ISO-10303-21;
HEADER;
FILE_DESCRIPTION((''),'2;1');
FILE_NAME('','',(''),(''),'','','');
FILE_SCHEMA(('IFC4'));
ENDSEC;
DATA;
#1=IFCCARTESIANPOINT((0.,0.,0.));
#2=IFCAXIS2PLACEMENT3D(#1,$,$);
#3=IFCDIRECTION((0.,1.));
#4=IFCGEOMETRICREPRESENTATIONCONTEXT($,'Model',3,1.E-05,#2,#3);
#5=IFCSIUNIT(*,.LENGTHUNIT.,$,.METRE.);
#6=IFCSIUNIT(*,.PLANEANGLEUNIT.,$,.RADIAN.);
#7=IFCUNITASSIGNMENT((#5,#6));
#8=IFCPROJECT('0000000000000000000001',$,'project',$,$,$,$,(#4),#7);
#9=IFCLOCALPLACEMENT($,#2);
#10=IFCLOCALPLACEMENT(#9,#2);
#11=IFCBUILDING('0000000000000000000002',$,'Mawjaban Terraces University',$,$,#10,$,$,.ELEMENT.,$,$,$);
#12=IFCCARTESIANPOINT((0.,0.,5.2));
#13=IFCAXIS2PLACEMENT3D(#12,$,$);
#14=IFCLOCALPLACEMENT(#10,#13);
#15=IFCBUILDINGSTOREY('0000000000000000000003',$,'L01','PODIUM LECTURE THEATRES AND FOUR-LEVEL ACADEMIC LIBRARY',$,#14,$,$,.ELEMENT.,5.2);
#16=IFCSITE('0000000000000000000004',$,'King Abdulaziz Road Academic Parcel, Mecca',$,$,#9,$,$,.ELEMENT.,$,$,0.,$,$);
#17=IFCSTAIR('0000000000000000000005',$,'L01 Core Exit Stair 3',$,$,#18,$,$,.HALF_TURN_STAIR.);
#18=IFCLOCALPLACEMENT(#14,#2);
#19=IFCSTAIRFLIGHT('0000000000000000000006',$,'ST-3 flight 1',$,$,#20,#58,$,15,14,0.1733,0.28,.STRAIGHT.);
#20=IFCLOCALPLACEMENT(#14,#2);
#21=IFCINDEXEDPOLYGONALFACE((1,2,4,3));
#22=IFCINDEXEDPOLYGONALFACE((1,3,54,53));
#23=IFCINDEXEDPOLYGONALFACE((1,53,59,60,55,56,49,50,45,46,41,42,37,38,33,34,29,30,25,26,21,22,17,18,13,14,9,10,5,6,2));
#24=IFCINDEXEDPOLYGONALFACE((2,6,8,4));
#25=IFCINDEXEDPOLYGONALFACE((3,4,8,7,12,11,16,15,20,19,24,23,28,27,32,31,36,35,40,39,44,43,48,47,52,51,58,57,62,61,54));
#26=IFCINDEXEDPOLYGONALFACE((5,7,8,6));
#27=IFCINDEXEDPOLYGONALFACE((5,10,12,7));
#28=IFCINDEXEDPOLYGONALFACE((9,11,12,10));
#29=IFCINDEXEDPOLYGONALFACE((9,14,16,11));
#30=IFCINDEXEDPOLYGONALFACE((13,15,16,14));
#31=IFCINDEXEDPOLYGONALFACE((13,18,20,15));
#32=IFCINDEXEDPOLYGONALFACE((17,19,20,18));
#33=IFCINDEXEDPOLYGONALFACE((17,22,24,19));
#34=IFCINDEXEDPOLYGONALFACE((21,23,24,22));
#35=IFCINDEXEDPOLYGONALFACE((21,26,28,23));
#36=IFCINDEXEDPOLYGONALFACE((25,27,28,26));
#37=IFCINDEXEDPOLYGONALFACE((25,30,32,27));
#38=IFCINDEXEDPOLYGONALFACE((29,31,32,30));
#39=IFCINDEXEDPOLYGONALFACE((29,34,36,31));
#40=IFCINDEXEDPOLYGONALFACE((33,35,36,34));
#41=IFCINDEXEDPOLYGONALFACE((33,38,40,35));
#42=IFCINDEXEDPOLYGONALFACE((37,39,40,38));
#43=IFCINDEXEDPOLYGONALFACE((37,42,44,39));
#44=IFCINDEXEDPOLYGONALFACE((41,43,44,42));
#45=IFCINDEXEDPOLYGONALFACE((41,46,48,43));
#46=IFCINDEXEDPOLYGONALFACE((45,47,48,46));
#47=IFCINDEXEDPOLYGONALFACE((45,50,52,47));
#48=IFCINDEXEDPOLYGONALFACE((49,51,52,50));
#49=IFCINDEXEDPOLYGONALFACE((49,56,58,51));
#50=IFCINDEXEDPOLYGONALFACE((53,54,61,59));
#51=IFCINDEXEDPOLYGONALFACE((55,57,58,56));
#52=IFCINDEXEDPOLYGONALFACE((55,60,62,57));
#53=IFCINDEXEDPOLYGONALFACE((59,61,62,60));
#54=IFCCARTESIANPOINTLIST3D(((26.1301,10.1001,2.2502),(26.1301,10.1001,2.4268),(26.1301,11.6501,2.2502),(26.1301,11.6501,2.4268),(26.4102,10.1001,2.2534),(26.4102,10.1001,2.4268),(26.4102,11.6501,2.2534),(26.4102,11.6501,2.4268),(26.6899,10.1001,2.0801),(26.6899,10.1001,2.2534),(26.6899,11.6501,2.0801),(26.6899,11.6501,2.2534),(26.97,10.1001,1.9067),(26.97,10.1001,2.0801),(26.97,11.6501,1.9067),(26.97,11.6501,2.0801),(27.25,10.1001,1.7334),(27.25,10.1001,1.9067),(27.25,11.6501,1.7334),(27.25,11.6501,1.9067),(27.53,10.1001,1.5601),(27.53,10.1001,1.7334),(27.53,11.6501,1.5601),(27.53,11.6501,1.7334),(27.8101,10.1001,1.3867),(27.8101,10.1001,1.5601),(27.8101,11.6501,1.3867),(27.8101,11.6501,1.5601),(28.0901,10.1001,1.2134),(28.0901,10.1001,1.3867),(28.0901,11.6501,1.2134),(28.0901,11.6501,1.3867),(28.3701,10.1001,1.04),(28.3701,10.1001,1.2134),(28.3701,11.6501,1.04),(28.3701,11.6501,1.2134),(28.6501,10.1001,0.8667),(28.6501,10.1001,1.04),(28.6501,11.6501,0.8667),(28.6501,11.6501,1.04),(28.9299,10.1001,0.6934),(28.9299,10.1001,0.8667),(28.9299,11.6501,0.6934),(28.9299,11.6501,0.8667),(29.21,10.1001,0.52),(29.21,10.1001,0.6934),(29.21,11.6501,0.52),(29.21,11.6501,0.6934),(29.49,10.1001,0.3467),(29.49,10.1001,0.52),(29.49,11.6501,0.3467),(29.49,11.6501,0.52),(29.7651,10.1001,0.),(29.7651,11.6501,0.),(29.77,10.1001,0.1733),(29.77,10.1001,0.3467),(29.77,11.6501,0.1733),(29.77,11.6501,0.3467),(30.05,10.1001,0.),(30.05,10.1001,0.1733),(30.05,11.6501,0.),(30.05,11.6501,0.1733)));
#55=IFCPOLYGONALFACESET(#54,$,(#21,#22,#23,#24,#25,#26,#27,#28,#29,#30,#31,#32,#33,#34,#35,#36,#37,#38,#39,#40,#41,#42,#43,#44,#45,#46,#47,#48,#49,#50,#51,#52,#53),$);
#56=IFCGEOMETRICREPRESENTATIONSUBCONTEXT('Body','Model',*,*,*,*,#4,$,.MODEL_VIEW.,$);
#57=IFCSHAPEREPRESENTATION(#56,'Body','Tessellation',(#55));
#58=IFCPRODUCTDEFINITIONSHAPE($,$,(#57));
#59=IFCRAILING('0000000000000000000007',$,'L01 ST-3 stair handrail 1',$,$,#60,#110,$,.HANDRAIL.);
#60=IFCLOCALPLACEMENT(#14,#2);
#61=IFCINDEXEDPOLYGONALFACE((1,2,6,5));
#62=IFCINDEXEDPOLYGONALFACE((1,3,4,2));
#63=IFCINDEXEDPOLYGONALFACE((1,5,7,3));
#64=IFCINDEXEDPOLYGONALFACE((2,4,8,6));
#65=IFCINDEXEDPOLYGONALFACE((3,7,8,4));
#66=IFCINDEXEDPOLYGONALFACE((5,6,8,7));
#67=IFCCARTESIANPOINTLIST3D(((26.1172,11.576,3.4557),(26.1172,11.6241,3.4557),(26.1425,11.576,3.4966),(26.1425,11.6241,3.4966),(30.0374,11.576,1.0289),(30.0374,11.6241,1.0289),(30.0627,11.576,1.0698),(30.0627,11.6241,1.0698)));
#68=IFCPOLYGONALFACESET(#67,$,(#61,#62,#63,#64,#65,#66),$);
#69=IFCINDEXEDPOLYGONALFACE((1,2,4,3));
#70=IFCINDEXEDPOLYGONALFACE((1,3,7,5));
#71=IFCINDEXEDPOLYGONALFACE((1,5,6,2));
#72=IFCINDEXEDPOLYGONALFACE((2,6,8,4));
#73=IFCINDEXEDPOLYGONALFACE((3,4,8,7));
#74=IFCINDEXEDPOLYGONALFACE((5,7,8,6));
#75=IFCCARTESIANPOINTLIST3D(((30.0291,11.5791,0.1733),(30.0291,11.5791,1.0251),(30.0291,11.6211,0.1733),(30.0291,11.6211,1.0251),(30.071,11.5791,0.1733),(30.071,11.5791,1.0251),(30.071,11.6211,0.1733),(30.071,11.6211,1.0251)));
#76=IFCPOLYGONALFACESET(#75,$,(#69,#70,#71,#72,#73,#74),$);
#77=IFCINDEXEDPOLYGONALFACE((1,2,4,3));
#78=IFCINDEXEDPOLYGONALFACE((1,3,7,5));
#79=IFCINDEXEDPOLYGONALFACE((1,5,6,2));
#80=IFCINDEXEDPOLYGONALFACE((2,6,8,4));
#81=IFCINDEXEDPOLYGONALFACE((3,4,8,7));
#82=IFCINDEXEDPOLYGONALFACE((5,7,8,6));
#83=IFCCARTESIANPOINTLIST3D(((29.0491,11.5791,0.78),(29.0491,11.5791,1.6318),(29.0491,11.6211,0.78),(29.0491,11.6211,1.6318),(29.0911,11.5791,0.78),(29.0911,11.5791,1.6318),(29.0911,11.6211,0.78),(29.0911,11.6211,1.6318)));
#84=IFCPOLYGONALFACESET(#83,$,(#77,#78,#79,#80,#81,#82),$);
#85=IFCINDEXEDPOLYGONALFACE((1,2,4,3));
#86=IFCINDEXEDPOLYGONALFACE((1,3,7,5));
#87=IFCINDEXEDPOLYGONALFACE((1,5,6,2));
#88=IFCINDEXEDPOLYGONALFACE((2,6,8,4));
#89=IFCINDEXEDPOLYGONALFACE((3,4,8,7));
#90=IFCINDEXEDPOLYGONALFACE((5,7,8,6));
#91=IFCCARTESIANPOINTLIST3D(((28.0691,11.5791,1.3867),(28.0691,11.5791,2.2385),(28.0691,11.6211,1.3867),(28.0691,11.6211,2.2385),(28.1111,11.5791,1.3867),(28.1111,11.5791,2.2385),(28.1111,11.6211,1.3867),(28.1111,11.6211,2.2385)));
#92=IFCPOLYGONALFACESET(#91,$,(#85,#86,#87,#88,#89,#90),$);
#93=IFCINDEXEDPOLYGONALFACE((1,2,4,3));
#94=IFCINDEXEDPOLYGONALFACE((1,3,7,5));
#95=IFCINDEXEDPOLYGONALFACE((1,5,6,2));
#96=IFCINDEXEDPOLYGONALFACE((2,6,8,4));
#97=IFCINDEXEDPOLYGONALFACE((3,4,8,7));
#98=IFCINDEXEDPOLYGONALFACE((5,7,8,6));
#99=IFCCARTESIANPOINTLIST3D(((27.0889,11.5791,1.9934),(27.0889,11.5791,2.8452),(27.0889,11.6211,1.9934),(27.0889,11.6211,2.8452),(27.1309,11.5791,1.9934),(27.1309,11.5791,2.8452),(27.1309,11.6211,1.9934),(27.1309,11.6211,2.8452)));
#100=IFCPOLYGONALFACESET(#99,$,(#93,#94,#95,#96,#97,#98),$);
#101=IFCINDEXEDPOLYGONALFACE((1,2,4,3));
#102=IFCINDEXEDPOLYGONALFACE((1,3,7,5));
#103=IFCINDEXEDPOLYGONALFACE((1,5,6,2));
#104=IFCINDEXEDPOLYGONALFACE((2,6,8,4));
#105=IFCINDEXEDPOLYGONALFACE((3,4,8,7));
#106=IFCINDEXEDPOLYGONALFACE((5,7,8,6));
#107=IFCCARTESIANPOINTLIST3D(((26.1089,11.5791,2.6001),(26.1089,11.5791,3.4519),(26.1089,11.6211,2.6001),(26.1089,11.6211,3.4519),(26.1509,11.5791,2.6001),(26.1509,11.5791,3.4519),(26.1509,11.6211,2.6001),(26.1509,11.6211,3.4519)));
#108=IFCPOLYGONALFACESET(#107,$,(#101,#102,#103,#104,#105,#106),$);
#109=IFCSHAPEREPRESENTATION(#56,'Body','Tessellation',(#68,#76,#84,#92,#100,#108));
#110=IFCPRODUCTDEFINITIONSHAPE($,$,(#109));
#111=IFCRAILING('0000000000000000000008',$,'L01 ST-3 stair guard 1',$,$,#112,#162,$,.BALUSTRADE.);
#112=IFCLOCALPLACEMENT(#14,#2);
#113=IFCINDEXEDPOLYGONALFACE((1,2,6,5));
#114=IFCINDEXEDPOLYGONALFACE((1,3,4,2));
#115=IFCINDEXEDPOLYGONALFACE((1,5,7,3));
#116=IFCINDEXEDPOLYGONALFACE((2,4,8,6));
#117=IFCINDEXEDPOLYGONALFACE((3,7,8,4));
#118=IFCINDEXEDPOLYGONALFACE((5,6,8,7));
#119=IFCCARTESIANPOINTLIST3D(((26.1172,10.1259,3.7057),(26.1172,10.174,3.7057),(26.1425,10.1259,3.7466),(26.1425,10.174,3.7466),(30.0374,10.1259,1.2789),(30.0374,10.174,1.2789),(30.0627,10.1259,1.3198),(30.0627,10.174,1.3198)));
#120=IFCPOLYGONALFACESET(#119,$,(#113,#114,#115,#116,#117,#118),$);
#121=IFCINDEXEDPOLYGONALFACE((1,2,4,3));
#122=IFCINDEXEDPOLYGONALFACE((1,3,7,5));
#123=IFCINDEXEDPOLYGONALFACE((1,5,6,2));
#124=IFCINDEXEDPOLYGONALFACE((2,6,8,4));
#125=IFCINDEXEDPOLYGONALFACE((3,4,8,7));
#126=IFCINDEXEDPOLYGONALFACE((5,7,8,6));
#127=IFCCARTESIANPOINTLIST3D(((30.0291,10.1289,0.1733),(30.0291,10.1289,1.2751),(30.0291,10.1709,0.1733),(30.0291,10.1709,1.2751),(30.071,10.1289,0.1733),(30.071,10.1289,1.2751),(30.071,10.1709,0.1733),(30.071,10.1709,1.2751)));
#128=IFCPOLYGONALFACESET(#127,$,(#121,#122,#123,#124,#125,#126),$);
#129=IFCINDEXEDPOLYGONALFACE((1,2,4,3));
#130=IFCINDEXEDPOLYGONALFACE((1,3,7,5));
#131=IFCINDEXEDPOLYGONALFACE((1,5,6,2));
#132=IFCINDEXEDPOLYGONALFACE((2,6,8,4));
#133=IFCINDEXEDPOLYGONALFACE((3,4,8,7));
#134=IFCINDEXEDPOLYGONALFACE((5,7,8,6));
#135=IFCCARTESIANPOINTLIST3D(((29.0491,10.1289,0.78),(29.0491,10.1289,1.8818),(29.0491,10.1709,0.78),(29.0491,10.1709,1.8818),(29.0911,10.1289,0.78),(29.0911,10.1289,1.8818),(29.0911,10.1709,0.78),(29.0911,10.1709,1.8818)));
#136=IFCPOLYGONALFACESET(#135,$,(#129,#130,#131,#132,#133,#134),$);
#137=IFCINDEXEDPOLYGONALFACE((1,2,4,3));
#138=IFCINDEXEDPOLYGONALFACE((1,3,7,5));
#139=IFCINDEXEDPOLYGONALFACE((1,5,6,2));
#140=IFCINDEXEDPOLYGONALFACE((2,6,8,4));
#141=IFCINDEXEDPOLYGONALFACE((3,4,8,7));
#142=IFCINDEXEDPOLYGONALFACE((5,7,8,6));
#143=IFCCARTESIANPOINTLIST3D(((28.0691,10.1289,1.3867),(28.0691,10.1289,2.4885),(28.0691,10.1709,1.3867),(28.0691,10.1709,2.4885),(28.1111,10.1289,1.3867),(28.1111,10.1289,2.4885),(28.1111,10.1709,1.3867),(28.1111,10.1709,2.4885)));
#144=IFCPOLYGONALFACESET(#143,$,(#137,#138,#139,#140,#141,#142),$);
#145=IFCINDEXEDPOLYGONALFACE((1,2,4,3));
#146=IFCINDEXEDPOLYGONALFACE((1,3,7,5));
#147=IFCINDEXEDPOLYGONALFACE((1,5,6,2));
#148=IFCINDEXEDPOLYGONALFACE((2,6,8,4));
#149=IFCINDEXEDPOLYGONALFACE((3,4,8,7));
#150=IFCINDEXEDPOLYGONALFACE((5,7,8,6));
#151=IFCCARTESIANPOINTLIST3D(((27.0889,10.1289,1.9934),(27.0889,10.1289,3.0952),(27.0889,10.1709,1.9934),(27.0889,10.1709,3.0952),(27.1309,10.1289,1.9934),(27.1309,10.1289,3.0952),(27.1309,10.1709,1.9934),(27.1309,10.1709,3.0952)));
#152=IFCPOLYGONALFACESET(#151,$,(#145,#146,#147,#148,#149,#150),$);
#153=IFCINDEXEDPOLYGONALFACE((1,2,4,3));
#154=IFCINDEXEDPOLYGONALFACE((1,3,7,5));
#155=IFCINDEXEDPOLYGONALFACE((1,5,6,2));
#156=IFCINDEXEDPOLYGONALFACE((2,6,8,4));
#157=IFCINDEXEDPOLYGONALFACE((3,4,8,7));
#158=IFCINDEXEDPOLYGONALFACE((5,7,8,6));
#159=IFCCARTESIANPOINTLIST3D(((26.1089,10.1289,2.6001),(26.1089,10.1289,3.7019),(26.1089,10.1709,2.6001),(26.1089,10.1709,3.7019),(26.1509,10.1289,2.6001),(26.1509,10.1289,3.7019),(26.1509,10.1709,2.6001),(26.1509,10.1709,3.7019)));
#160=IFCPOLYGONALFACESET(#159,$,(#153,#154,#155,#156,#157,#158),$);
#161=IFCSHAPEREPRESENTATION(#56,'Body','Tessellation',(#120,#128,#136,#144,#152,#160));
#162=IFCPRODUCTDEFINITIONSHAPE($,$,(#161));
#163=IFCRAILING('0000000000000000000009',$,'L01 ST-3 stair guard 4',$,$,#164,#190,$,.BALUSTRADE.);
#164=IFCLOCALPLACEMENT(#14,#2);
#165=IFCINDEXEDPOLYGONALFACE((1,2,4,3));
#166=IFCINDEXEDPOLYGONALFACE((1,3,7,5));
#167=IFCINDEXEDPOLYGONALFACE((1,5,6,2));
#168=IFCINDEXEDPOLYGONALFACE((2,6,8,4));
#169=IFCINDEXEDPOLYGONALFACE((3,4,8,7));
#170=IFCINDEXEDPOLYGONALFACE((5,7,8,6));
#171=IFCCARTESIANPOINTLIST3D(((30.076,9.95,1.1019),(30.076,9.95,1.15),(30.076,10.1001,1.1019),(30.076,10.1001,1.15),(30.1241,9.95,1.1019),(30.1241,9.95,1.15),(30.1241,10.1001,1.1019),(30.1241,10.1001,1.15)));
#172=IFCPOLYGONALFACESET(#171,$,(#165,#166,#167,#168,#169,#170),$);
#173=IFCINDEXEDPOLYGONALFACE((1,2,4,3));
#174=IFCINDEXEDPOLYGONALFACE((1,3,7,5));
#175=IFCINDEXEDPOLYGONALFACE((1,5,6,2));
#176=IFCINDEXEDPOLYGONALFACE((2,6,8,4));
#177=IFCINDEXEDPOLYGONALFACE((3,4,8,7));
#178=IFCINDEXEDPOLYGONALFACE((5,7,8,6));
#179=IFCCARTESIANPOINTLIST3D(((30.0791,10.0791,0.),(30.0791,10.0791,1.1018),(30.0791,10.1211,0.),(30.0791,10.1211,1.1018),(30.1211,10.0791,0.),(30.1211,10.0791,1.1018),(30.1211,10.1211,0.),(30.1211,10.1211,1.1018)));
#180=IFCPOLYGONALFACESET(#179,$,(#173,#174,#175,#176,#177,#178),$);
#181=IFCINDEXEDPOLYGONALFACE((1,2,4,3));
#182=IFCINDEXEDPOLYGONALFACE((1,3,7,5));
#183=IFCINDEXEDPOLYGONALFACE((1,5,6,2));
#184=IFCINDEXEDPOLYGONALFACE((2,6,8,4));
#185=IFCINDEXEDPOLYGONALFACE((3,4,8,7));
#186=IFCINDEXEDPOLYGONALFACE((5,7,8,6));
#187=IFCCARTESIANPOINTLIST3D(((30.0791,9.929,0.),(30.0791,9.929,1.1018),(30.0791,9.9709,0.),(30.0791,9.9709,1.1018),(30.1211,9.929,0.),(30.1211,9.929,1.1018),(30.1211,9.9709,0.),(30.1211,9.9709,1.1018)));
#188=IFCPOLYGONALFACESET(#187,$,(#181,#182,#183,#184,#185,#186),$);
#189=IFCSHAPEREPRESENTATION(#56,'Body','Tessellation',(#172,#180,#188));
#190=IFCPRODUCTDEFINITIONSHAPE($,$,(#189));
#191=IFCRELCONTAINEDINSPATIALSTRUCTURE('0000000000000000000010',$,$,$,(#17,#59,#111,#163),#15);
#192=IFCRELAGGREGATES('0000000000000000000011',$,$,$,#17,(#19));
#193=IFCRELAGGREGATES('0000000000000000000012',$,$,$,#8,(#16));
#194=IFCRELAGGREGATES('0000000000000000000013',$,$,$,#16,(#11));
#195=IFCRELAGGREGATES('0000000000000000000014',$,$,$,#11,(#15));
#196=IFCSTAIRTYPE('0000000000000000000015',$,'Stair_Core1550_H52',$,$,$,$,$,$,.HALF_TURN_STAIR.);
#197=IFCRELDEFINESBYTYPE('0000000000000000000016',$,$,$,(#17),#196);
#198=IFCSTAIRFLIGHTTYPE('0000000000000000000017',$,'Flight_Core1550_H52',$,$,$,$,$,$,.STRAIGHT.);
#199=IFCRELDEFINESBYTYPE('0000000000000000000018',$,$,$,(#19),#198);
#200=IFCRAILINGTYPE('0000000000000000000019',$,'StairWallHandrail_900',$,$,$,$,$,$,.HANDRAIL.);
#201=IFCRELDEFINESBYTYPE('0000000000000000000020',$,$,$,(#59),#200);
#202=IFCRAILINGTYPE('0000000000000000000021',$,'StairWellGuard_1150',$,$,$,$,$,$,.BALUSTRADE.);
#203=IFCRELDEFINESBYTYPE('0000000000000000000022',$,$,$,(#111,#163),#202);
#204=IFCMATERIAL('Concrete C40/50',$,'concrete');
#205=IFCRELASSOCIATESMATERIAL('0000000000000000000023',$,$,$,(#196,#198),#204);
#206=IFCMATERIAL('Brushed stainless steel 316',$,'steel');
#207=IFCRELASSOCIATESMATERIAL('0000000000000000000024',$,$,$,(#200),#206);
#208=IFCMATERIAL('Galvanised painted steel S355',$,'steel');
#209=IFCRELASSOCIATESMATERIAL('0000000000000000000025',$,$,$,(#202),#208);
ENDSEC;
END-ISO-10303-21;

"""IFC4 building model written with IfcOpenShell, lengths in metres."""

from ifc_helpers import new_model, si_unit, direction, frame, origin, origin_2d, place, context, subcontext, project, spatial, polyline, rectangle, outline, extrude, material, type_object, element, aggregate, save


model = new_model("IFC4")

# Units and contexts
model_context = context("Model", 3, precision=1e-05, world=origin(), true_north=direction((0.0, 1.0)))
body_context = subcontext(model_context, "Body", "Model", "MODEL_VIEW")
ifc_project = project(units=[si_unit("LENGTHUNIT", "METRE"), si_unit("PLANEANGLEUNIT", "RADIAN")], contexts=[model_context])

# Site, building, storey
site_placement = place(None, origin())
site = spatial("IfcSite", under=ifc_project, at=site_placement, Name="King Abdulaziz Road Academic Parcel, Mecca", CompositionType="ELEMENT", RefElevation=0.0)
building_placement = place(site_placement, origin())
building = spatial("IfcBuilding", under=site, at=building_placement, Name="Mawjaban Terraces University", CompositionType="ELEMENT")
storey_placement = place(building_placement, frame((0.0, 0.0, 5.2)))
storey = spatial("IfcBuildingStorey", under=building, at=storey_placement, Name="L01", Description="PODIUM LECTURE THEATRES AND FOUR-LEVEL ACADEMIC LIBRARY", CompositionType="ELEMENT", Elevation=5.2)

# Shared definitions
ifc_material_1 = material(Name="Concrete C40/50", Category="concrete")

# Stair, stair flight
stair_type = type_object("IfcStairType", Name="Stair_Core1550_H52", PredefinedType="HALF_TURN_STAIR", material=ifc_material_1)
stair_placement = place(storey_placement, origin())
stair = element("IfcStair", 1, at=stair_placement, inside=storey, type_object=stair_type, Name="L01 Core Exit Stair 3", PredefinedType="HALF_TURN_STAIR")
stair_flight_type = type_object("IfcStairFlightType", Name="Flight_Core1550_H52", PredefinedType="STRAIGHT", material=ifc_material_1)
stair_flight_placement = place(storey_placement, frame((30.05, 10.875, 0.0), z_axis=(0.0, 0.0, 1.0), x_axis=(-1.0, 0.0, 0.0)))
stair_flight = element("IfcStairFlight", 2, at=stair_flight_placement, type_object=stair_flight_type, Name="ST-3 flight 1", NumberOfRisers=15, NumberOfTreads=14, PredefinedType="STRAIGHT", RiserHeight=0.1733, TreadLength=0.28, context=body_context, shape_type="SweptSolid", body=[
    extrude(outline(polyline([(0.0, 0.0), (0.0, 0.1733), (0.28, 0.1733), (0.28, 0.3467), (0.5601, 0.3467), (0.5601, 0.52), (0.8401, 0.52), (0.8401, 0.6934), (1.1201, 0.6934), (1.1201, 0.8667), (1.3999, 0.8667), (1.3999, 1.04), (1.6799, 1.04), (1.6799, 1.2134), (1.96, 1.2134), (1.96, 1.3867), (2.24, 1.3867), (2.24, 1.5601), (2.52, 1.5601), (2.52, 1.7334), (2.8, 1.7334), (2.8, 1.9067), (3.0801, 1.9067), (3.0801, 2.0801), (3.3601, 2.0801), (3.3601, 2.2534), (3.6399, 2.2534), (3.6399, 2.4268), (3.9199, 2.4268), (3.9199, 2.6001), (3.9199, 2.2502), (0.2849, 0.0), (0.0, 0.0)])), frame((0.0, 0.7749, 0.0), z_axis=(0.0, -1.0, 0.0), x_axis=(1.0, 0.0, 0.0)), (0.0, 0.0, 1.0), 1.55),
])
aggregate(stair, [stair_flight])

# Railings
ifc_material_2 = material(Name="Brushed stainless steel 316", Category="steel")
railing_type_1 = type_object("IfcRailingType", Name="StairWallHandrail_900", PredefinedType="HANDRAIL", material=ifc_material_2)
railing_1_placement = place(storey_placement, frame((30.05, 11.6001, 0.1733)))
element("IfcRailing", 3, at=railing_1_placement, inside=storey, type_object=railing_type_1, Name="L01 ST-3 stair handrail 1", PredefinedType="HANDRAIL", context=body_context, shape_type="SweptSolid", body=[
    extrude(rectangle(XDim=0.0481, YDim=0.0481, at=origin_2d()), frame((0.0, 0.0, 0.876), z_axis=(-0.850266, 0.0, 0.526353), x_axis=(0.0, -1.0, 0.0)), (0.0, 0.0, 1.0), 4.6106),
    extrude(rectangle(XDim=0.042, YDim=0.042, at=origin_2d()), origin(), (0.0, 0.0, 1.0), 0.8518),
    extrude(rectangle(XDim=0.042, YDim=0.042, at=origin_2d()), frame((-0.98, 0.0, 0.6067)), (0.0, 0.0, 1.0), 0.8518),
    extrude(rectangle(XDim=0.042, YDim=0.042, at=origin_2d()), frame((-1.96, 0.0, 1.2134)), (0.0, 0.0, 1.0), 0.8518),
    extrude(rectangle(XDim=0.042, YDim=0.042, at=origin_2d()), frame((-2.9402, 0.0, 1.8201)), (0.0, 0.0, 1.0), 0.8518),
    extrude(rectangle(XDim=0.042, YDim=0.042, at=origin_2d()), frame((-3.9202, 0.0, 2.4268)), (0.0, 0.0, 1.0), 0.8518),
])
ifc_material_3 = material(Name="Galvanised painted steel S355", Category="steel")
railing_type_2 = type_object("IfcRailingType", Name="StairWellGuard_1150", PredefinedType="BALUSTRADE", material=ifc_material_3)
railing_2_placement = place(storey_placement, frame((30.05, 10.1499, 0.1733)))
element("IfcRailing", 4, at=railing_2_placement, inside=storey, type_object=railing_type_2, Name="L01 ST-3 stair guard 1", PredefinedType="BALUSTRADE", context=body_context, shape_type="SweptSolid", body=[
    extrude(rectangle(XDim=0.0481, YDim=0.0481, at=origin_2d()), frame((0.0, 0.0, 1.126), z_axis=(-0.850266, 0.0, 0.526353), x_axis=(0.0, -1.0, 0.0)), (0.0, 0.0, 1.0), 4.6106),
    extrude(rectangle(XDim=0.042, YDim=0.042, at=origin_2d()), origin(), (0.0, 0.0, 1.0), 1.1018),
    extrude(rectangle(XDim=0.042, YDim=0.042, at=origin_2d()), frame((-0.98, 0.0, 0.6067)), (0.0, 0.0, 1.0), 1.1018),
    extrude(rectangle(XDim=0.042, YDim=0.042, at=origin_2d()), frame((-1.96, 0.0, 1.2134)), (0.0, 0.0, 1.0), 1.1018),
    extrude(rectangle(XDim=0.042, YDim=0.042, at=origin_2d()), frame((-2.9402, 0.0, 1.8201)), (0.0, 0.0, 1.0), 1.1018),
    extrude(rectangle(XDim=0.042, YDim=0.042, at=origin_2d()), frame((-3.9202, 0.0, 2.4268)), (0.0, 0.0, 1.0), 1.1018),
])
railing_3_placement = place(storey_placement, frame((30.1001, 10.1001, 0.0)))
element("IfcRailing", 5, at=railing_3_placement, inside=storey, type_object=railing_type_2, Name="L01 ST-3 stair guard 4", PredefinedType="BALUSTRADE", context=body_context, shape_type="SweptSolid", body=[
    extrude(rectangle(XDim=0.0481, YDim=0.0481, at=origin_2d()), frame((0.0, 0.0, 1.126), z_axis=(0.0, -1.0, 0.0), x_axis=(1.0, 0.0, 0.0)), (0.0, 0.0, 1.0), 0.1501),
    extrude(rectangle(XDim=0.042, YDim=0.042, at=origin_2d()), origin(), (0.0, 0.0, 1.0), 1.1018),
    extrude(rectangle(XDim=0.042, YDim=0.042, at=origin_2d()), frame((0.0, -0.1501, 0.0)), (0.0, 0.0, 1.0), 1.1018),
])

save(model, "model.ifc")
